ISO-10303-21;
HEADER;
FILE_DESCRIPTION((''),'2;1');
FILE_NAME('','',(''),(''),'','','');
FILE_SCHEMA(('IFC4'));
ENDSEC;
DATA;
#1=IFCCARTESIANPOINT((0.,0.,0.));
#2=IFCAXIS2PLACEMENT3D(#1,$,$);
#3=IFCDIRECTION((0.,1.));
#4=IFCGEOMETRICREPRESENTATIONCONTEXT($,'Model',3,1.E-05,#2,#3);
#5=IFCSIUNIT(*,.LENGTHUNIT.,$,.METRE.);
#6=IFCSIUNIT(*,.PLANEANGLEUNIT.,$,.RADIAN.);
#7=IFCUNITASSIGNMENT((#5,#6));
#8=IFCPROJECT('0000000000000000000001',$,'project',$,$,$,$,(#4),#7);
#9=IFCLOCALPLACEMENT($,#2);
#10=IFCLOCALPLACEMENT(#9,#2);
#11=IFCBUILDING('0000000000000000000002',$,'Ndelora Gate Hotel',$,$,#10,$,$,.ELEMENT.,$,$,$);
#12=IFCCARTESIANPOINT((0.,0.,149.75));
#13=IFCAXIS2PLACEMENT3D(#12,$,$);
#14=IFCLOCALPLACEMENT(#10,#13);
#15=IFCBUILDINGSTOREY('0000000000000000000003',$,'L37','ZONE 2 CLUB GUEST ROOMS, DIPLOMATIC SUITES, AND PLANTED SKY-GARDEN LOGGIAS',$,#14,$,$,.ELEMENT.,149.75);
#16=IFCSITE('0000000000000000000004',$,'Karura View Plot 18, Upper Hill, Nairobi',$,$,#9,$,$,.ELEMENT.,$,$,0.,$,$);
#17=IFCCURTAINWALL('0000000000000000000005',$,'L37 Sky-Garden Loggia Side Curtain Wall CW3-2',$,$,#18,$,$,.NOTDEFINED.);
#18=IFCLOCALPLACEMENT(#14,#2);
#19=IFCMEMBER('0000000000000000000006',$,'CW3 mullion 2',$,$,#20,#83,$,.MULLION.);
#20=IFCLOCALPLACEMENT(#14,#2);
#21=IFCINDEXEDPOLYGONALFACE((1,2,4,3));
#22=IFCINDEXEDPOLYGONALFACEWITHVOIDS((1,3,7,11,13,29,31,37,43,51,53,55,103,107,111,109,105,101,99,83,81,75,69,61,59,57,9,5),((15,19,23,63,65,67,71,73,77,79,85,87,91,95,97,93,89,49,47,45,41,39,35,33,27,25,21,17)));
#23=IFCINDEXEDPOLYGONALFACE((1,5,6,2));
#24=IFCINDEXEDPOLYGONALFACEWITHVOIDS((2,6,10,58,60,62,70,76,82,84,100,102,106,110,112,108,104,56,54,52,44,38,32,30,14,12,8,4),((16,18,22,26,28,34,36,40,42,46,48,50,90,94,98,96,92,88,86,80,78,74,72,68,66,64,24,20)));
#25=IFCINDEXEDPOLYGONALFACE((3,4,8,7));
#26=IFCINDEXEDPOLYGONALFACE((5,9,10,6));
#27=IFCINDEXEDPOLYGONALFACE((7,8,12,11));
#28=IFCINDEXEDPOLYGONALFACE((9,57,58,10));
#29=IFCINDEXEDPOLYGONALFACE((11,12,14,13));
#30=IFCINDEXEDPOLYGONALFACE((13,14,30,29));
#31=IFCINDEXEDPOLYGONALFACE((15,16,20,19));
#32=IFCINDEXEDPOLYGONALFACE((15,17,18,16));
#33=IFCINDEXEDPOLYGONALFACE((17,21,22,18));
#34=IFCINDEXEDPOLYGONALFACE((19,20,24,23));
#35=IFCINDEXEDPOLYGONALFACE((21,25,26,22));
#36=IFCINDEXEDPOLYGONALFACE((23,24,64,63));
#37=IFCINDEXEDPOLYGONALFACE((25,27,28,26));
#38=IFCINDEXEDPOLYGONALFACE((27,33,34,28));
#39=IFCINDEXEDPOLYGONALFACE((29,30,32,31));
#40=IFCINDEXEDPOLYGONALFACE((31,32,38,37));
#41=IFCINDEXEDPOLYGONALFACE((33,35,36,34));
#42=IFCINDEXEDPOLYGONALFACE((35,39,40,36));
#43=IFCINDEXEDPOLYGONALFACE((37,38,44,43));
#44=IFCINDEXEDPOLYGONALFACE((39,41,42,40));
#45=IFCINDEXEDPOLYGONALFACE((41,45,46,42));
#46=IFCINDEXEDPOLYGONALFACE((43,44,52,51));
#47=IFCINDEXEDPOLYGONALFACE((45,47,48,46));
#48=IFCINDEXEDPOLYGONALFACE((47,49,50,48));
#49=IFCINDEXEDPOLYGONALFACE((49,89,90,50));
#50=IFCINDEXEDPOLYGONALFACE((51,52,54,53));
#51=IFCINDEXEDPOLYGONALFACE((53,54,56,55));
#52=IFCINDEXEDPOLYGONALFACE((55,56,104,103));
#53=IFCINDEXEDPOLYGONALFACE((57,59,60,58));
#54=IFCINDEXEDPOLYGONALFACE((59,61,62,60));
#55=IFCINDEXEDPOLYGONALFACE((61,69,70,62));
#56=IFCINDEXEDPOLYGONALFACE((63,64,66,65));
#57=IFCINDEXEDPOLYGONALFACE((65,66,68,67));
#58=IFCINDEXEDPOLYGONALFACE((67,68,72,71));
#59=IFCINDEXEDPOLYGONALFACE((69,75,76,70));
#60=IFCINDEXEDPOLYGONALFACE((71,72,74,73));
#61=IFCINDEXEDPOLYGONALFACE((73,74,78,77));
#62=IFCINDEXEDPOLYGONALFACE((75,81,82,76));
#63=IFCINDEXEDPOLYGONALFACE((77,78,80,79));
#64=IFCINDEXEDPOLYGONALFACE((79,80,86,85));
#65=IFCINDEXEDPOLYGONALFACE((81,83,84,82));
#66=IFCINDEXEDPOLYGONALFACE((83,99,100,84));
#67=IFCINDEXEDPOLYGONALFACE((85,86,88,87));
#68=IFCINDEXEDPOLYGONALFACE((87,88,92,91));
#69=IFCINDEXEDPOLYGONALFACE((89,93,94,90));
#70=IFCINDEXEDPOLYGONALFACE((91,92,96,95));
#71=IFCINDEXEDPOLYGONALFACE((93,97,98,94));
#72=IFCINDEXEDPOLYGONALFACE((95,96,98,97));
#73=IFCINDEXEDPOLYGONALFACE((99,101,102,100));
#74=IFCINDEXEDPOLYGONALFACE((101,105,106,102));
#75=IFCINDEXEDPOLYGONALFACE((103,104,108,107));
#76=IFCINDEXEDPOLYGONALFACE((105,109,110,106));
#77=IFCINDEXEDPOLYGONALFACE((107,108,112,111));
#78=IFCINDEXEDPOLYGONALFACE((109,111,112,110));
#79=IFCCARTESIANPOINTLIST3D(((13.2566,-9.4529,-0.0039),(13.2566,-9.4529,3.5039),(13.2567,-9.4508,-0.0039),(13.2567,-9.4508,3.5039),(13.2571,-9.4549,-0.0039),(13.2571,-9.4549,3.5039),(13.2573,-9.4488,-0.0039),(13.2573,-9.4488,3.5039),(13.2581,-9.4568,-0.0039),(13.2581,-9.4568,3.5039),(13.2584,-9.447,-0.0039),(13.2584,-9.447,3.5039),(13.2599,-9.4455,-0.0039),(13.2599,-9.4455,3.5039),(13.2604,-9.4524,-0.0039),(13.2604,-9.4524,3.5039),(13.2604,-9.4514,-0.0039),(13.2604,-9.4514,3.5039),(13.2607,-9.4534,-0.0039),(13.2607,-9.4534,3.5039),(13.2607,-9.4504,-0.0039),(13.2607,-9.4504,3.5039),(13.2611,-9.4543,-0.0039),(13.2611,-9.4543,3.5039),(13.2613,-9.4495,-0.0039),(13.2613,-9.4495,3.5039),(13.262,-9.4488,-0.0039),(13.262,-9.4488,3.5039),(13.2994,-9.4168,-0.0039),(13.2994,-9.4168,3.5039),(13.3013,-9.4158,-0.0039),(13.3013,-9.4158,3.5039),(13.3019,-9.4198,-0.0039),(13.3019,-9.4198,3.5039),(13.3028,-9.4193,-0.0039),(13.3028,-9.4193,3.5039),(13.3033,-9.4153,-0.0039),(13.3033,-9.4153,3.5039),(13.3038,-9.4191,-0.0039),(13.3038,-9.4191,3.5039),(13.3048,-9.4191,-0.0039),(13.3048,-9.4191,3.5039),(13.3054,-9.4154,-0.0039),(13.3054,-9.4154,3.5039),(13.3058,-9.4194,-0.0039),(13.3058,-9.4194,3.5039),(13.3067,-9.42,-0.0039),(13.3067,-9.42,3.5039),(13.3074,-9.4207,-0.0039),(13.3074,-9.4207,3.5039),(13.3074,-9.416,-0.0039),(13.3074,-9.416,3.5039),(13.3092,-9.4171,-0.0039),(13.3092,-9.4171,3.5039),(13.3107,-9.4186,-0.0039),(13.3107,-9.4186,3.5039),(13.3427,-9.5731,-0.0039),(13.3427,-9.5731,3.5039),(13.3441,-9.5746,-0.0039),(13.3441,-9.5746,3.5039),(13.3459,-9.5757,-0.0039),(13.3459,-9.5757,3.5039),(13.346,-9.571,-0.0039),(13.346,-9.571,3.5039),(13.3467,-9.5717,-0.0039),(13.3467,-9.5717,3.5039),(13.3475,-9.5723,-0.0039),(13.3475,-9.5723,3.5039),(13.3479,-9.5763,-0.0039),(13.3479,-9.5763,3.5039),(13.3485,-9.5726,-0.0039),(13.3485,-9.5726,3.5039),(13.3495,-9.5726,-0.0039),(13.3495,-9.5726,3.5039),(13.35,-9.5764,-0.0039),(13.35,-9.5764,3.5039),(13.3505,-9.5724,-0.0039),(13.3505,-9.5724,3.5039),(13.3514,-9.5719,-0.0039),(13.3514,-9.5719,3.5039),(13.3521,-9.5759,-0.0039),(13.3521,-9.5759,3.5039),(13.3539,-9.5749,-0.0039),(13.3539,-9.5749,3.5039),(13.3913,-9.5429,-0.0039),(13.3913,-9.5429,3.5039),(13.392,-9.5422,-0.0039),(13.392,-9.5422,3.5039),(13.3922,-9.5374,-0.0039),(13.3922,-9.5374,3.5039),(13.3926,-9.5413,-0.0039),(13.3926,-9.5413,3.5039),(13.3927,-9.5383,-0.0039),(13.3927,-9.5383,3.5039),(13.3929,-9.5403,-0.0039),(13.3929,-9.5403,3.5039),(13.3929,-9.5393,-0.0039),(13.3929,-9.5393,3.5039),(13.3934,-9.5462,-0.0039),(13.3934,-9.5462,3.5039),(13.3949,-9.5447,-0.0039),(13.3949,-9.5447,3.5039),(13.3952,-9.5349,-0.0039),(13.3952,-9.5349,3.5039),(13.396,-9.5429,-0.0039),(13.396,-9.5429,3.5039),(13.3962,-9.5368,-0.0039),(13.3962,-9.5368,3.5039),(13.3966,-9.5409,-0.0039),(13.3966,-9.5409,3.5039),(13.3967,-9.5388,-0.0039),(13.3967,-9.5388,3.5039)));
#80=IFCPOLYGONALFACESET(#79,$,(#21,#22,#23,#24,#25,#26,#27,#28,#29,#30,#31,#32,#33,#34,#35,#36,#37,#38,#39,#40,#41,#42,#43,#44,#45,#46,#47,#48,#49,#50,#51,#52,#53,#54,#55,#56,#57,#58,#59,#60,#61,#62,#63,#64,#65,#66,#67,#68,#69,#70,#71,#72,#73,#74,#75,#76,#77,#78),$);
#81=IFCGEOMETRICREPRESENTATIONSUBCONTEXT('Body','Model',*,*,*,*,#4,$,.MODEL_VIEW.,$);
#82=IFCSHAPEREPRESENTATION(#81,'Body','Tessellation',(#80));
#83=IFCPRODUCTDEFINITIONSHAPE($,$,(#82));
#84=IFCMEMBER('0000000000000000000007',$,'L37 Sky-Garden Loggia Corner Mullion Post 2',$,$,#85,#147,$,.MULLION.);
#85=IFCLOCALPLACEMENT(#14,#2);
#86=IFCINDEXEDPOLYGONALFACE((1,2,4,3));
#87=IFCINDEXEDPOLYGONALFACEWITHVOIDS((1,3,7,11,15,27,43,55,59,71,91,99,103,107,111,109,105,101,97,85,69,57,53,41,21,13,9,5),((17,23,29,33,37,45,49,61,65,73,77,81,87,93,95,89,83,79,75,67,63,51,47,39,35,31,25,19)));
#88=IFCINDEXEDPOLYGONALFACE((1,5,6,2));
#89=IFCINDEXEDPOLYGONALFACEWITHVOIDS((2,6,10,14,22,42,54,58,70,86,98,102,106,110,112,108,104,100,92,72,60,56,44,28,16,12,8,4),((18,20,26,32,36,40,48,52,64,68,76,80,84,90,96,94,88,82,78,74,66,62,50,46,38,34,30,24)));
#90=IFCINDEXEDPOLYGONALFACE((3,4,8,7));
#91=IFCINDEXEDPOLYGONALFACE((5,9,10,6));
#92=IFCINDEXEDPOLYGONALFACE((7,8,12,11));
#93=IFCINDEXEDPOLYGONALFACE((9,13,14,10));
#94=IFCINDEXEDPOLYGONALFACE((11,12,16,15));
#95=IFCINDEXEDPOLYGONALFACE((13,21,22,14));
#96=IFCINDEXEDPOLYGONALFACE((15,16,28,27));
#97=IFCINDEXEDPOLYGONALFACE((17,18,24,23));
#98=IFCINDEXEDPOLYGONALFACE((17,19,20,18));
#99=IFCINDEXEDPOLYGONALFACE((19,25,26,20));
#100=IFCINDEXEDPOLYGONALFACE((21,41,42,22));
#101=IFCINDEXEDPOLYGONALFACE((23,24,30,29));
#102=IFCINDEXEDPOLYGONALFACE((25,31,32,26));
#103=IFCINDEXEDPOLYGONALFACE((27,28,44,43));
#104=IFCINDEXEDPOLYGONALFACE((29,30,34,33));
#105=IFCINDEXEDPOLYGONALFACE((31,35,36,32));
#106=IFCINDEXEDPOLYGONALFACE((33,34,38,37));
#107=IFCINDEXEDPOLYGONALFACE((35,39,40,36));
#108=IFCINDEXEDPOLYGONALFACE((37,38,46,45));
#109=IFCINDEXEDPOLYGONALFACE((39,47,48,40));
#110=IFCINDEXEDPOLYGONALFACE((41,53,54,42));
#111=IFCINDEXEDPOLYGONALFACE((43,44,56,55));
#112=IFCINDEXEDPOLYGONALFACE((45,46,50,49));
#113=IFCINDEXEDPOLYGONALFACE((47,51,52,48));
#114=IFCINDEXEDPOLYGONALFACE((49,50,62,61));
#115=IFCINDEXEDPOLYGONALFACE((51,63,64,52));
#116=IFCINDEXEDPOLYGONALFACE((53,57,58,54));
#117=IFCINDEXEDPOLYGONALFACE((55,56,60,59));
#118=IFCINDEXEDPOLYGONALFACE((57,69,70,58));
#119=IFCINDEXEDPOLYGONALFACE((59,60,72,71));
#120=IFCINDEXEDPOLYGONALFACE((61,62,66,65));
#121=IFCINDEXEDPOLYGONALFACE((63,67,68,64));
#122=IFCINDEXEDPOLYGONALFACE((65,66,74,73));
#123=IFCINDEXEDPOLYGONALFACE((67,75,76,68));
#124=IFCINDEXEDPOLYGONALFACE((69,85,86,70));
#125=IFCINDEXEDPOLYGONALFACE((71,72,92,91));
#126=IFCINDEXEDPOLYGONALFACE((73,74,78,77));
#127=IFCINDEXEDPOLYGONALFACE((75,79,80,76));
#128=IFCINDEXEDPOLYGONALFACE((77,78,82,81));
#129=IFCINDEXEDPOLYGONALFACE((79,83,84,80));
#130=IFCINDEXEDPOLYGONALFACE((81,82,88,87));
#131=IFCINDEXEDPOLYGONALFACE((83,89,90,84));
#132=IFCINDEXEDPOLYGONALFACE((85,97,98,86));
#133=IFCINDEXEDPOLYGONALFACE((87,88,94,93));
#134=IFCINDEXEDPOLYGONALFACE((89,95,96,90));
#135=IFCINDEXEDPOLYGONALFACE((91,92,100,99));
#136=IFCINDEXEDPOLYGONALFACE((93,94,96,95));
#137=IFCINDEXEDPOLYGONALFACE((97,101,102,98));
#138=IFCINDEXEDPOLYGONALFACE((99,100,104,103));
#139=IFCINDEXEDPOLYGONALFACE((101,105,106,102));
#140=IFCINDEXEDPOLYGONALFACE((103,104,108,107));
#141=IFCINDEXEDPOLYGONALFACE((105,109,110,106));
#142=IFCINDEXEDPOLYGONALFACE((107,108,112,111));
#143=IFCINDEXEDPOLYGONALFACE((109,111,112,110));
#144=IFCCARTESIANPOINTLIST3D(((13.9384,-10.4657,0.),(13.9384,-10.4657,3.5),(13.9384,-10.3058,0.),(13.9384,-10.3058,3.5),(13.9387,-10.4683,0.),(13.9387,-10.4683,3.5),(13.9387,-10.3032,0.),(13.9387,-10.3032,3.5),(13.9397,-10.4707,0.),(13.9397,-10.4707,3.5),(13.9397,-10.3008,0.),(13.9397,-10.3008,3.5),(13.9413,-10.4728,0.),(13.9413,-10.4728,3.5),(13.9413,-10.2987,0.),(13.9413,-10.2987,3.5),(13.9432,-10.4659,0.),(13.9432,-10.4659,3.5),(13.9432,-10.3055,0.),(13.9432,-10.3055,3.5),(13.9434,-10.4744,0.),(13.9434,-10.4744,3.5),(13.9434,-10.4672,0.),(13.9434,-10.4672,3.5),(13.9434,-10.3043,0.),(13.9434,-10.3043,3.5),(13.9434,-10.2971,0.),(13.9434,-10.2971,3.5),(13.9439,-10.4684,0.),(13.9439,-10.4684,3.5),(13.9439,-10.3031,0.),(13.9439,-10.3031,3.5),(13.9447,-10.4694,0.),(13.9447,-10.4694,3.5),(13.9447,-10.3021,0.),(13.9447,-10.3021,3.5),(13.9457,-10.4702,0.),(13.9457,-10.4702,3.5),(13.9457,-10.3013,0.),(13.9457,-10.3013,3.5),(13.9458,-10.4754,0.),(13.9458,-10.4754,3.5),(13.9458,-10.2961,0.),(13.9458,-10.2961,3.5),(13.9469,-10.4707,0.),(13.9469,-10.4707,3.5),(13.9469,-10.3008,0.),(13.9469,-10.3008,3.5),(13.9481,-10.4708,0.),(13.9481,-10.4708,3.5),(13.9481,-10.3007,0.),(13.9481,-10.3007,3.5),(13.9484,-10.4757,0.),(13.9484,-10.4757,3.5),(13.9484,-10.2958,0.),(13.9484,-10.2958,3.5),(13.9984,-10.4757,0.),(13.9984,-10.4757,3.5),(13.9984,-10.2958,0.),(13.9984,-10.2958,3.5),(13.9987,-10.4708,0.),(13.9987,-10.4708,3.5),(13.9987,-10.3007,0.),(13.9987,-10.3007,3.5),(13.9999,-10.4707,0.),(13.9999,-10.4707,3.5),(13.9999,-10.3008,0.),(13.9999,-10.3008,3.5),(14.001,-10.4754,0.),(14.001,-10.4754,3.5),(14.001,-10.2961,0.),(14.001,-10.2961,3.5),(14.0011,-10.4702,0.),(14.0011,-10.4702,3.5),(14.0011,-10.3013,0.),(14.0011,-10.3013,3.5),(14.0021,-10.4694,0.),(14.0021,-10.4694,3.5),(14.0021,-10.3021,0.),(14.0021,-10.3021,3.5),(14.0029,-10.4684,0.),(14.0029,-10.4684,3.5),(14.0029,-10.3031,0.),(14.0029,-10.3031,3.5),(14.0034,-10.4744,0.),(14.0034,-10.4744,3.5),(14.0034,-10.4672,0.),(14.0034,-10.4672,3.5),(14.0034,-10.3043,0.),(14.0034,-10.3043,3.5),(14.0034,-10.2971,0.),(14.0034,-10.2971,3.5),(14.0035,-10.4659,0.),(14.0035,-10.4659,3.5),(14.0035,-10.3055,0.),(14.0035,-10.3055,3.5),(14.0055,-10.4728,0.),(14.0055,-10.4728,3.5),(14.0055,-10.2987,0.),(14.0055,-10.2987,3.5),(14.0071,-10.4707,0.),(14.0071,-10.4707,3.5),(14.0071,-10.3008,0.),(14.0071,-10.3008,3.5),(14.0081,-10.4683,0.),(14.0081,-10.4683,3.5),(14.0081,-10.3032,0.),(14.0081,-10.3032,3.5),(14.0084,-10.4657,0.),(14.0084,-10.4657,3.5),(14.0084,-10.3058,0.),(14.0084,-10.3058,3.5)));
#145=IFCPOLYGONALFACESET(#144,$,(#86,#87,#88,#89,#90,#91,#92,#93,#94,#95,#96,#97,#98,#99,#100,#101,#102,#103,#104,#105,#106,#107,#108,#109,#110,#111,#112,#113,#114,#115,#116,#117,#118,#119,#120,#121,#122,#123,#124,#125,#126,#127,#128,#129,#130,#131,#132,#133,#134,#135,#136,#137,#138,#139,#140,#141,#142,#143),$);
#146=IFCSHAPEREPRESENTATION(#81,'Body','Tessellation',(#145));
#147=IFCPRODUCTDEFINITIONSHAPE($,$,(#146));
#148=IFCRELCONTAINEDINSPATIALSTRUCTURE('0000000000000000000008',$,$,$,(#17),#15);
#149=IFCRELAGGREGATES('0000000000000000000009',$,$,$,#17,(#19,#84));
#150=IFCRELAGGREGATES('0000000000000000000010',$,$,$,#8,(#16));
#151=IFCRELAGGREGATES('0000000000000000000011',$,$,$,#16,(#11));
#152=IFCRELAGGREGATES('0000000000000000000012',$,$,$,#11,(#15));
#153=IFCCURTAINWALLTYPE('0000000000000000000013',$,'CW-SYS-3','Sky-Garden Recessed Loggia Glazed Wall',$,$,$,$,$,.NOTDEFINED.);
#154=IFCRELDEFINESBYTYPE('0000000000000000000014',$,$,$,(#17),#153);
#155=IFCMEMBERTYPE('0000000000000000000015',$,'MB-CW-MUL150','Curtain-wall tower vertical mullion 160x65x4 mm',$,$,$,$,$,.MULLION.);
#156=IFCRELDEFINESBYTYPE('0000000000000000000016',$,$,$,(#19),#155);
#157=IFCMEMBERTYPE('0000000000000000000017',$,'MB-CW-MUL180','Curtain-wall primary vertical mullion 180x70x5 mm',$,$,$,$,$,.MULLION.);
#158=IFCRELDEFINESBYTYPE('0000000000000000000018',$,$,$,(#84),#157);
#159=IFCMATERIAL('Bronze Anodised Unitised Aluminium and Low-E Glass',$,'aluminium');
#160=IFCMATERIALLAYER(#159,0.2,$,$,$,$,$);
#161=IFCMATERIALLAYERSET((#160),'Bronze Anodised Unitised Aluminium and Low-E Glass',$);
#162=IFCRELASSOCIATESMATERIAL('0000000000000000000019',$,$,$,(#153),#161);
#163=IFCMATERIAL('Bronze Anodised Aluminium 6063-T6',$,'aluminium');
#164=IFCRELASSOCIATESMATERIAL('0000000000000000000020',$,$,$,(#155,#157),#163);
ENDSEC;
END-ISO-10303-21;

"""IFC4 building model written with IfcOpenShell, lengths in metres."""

from ifc_helpers import new_model, si_unit, direction, frame, origin, origin_2d, place, context, subcontext, project, spatial, hollow_rectangle, extrude, material, layer, layer_set, material_profile, profile_set, type_object, element, aggregate, save


model = new_model("IFC4")

# Units and contexts
model_context = context("Model", 3, precision=1e-05, world=origin(), true_north=direction((0.0, 1.0)))
body_context = subcontext(model_context, "Body", "Model", "MODEL_VIEW")
ifc_project = project(units=[si_unit("LENGTHUNIT", "METRE"), si_unit("PLANEANGLEUNIT", "RADIAN")], contexts=[model_context])

# Site, building, storey
site_placement = place(None, origin())
site = spatial("IfcSite", under=ifc_project, at=site_placement, Name="Karura View Plot 18, Upper Hill, Nairobi", CompositionType="ELEMENT", RefElevation=0.0)
building_placement = place(site_placement, origin())
building = spatial("IfcBuilding", under=site, at=building_placement, Name="Ndelora Gate Hotel", CompositionType="ELEMENT")
storey_placement = place(building_placement, frame((0.0, 0.0, 149.75)))
storey = spatial("IfcBuildingStorey", under=building, at=storey_placement, Name="L37", Description="ZONE 2 CLUB GUEST ROOMS, DIPLOMATIC SUITES, AND PLANTED SKY-GARDEN LOGGIAS", CompositionType="ELEMENT", Elevation=149.75)

# Curtain wall, members
ifc_material_1 = material(Name="Bronze Anodised Unitised Aluminium and Low-E Glass", Category="aluminium")
ifc_layer_1 = layer(ifc_material_1, 0.2)
ifc_layer_set_1 = layer_set([ifc_layer_1], Name="Bronze Anodised Unitised Aluminium and Low-E Glass")
curtain_wall_type = type_object("IfcCurtainWallType", Name="CW-SYS-3", Description="Sky-Garden Recessed Loggia Glazed Wall", PredefinedType="NOTDEFINED", material=ifc_layer_set_1)
curtain_wall_placement = place(storey_placement, origin())
curtain_wall = element("IfcCurtainWall", 1, at=curtain_wall_placement, inside=storey, type_object=curtain_wall_type, Name="L37 Sky-Garden Loggia Side Curtain Wall CW3-2", PredefinedType="NOTDEFINED")
ifc_material_2 = material(Name="Bronze Anodised Aluminium 6063-T6", Category="aluminium")
ifc_material_profile_1 = material_profile(ifc_material_2, hollow_rectangle(XDim=0.0649, YDim=0.1599, WallThickness=0.0039, InnerFilletRadius=0.0039, OuterFilletRadius=0.0081, at=origin_2d()), Name="ALU 160x65x4")
ifc_profile_set_1 = profile_set([ifc_material_profile_1], Name="Bronze Anodised Aluminium 6063-T6")
member_type_1 = type_object("IfcMemberType", Name="MB-CW-MUL150", Description="Curtain-wall tower vertical mullion 160x65x4 mm", PredefinedType="MULLION", material=ifc_profile_set_1)
member_1_placement = place(storey_placement, frame((13.3267, -9.4958, -0.0039), z_axis=(0.0, 0.0, 1.0), x_axis=(-0.809017, -0.587785, 0.0)))
member_1 = element("IfcMember", 2, at=member_1_placement, type_object=member_type_1, Name="CW3 mullion 2", PredefinedType="MULLION", context=body_context, shape_type="SweptSolid", body=[
    extrude(hollow_rectangle(XDim=0.0649, YDim=0.1599, WallThickness=0.0039, InnerFilletRadius=0.0039, OuterFilletRadius=0.0081, at=origin_2d()), origin(), (0.0, 0.0, 1.0), 3.5078),
])
ifc_material_profile_2 = material_profile(ifc_material_2, hollow_rectangle(XDim=0.0701, YDim=0.1799, WallThickness=0.0049, InnerFilletRadius=0.0049, OuterFilletRadius=0.01, at=origin_2d()), Name="ALU 180x70x5")
ifc_profile_set_2 = profile_set([ifc_material_profile_2], Name="Bronze Anodised Aluminium 6063-T6")
member_type_2 = type_object("IfcMemberType", Name="MB-CW-MUL180", Description="Curtain-wall primary vertical mullion 180x70x5 mm", PredefinedType="MULLION", material=ifc_profile_set_2)
member_2_placement = place(storey_placement, frame((13.9734, -10.3857, 0.0), z_axis=(0.0, 0.0, 1.0), x_axis=(1.0, 0.0, 0.0)))
member_2 = element("IfcMember", 3, at=member_2_placement, type_object=member_type_2, Name="L37 Sky-Garden Loggia Corner Mullion Post 2", PredefinedType="MULLION", context=body_context, shape_type="SweptSolid", body=[
    extrude(hollow_rectangle(XDim=0.0701, YDim=0.1799, WallThickness=0.0049, InnerFilletRadius=0.0049, OuterFilletRadius=0.01, at=origin_2d()), origin(), (0.0, 0.0, 1.0), 3.5),
])
aggregate(curtain_wall, [member_1, member_2])

save(model, "model.ifc")
